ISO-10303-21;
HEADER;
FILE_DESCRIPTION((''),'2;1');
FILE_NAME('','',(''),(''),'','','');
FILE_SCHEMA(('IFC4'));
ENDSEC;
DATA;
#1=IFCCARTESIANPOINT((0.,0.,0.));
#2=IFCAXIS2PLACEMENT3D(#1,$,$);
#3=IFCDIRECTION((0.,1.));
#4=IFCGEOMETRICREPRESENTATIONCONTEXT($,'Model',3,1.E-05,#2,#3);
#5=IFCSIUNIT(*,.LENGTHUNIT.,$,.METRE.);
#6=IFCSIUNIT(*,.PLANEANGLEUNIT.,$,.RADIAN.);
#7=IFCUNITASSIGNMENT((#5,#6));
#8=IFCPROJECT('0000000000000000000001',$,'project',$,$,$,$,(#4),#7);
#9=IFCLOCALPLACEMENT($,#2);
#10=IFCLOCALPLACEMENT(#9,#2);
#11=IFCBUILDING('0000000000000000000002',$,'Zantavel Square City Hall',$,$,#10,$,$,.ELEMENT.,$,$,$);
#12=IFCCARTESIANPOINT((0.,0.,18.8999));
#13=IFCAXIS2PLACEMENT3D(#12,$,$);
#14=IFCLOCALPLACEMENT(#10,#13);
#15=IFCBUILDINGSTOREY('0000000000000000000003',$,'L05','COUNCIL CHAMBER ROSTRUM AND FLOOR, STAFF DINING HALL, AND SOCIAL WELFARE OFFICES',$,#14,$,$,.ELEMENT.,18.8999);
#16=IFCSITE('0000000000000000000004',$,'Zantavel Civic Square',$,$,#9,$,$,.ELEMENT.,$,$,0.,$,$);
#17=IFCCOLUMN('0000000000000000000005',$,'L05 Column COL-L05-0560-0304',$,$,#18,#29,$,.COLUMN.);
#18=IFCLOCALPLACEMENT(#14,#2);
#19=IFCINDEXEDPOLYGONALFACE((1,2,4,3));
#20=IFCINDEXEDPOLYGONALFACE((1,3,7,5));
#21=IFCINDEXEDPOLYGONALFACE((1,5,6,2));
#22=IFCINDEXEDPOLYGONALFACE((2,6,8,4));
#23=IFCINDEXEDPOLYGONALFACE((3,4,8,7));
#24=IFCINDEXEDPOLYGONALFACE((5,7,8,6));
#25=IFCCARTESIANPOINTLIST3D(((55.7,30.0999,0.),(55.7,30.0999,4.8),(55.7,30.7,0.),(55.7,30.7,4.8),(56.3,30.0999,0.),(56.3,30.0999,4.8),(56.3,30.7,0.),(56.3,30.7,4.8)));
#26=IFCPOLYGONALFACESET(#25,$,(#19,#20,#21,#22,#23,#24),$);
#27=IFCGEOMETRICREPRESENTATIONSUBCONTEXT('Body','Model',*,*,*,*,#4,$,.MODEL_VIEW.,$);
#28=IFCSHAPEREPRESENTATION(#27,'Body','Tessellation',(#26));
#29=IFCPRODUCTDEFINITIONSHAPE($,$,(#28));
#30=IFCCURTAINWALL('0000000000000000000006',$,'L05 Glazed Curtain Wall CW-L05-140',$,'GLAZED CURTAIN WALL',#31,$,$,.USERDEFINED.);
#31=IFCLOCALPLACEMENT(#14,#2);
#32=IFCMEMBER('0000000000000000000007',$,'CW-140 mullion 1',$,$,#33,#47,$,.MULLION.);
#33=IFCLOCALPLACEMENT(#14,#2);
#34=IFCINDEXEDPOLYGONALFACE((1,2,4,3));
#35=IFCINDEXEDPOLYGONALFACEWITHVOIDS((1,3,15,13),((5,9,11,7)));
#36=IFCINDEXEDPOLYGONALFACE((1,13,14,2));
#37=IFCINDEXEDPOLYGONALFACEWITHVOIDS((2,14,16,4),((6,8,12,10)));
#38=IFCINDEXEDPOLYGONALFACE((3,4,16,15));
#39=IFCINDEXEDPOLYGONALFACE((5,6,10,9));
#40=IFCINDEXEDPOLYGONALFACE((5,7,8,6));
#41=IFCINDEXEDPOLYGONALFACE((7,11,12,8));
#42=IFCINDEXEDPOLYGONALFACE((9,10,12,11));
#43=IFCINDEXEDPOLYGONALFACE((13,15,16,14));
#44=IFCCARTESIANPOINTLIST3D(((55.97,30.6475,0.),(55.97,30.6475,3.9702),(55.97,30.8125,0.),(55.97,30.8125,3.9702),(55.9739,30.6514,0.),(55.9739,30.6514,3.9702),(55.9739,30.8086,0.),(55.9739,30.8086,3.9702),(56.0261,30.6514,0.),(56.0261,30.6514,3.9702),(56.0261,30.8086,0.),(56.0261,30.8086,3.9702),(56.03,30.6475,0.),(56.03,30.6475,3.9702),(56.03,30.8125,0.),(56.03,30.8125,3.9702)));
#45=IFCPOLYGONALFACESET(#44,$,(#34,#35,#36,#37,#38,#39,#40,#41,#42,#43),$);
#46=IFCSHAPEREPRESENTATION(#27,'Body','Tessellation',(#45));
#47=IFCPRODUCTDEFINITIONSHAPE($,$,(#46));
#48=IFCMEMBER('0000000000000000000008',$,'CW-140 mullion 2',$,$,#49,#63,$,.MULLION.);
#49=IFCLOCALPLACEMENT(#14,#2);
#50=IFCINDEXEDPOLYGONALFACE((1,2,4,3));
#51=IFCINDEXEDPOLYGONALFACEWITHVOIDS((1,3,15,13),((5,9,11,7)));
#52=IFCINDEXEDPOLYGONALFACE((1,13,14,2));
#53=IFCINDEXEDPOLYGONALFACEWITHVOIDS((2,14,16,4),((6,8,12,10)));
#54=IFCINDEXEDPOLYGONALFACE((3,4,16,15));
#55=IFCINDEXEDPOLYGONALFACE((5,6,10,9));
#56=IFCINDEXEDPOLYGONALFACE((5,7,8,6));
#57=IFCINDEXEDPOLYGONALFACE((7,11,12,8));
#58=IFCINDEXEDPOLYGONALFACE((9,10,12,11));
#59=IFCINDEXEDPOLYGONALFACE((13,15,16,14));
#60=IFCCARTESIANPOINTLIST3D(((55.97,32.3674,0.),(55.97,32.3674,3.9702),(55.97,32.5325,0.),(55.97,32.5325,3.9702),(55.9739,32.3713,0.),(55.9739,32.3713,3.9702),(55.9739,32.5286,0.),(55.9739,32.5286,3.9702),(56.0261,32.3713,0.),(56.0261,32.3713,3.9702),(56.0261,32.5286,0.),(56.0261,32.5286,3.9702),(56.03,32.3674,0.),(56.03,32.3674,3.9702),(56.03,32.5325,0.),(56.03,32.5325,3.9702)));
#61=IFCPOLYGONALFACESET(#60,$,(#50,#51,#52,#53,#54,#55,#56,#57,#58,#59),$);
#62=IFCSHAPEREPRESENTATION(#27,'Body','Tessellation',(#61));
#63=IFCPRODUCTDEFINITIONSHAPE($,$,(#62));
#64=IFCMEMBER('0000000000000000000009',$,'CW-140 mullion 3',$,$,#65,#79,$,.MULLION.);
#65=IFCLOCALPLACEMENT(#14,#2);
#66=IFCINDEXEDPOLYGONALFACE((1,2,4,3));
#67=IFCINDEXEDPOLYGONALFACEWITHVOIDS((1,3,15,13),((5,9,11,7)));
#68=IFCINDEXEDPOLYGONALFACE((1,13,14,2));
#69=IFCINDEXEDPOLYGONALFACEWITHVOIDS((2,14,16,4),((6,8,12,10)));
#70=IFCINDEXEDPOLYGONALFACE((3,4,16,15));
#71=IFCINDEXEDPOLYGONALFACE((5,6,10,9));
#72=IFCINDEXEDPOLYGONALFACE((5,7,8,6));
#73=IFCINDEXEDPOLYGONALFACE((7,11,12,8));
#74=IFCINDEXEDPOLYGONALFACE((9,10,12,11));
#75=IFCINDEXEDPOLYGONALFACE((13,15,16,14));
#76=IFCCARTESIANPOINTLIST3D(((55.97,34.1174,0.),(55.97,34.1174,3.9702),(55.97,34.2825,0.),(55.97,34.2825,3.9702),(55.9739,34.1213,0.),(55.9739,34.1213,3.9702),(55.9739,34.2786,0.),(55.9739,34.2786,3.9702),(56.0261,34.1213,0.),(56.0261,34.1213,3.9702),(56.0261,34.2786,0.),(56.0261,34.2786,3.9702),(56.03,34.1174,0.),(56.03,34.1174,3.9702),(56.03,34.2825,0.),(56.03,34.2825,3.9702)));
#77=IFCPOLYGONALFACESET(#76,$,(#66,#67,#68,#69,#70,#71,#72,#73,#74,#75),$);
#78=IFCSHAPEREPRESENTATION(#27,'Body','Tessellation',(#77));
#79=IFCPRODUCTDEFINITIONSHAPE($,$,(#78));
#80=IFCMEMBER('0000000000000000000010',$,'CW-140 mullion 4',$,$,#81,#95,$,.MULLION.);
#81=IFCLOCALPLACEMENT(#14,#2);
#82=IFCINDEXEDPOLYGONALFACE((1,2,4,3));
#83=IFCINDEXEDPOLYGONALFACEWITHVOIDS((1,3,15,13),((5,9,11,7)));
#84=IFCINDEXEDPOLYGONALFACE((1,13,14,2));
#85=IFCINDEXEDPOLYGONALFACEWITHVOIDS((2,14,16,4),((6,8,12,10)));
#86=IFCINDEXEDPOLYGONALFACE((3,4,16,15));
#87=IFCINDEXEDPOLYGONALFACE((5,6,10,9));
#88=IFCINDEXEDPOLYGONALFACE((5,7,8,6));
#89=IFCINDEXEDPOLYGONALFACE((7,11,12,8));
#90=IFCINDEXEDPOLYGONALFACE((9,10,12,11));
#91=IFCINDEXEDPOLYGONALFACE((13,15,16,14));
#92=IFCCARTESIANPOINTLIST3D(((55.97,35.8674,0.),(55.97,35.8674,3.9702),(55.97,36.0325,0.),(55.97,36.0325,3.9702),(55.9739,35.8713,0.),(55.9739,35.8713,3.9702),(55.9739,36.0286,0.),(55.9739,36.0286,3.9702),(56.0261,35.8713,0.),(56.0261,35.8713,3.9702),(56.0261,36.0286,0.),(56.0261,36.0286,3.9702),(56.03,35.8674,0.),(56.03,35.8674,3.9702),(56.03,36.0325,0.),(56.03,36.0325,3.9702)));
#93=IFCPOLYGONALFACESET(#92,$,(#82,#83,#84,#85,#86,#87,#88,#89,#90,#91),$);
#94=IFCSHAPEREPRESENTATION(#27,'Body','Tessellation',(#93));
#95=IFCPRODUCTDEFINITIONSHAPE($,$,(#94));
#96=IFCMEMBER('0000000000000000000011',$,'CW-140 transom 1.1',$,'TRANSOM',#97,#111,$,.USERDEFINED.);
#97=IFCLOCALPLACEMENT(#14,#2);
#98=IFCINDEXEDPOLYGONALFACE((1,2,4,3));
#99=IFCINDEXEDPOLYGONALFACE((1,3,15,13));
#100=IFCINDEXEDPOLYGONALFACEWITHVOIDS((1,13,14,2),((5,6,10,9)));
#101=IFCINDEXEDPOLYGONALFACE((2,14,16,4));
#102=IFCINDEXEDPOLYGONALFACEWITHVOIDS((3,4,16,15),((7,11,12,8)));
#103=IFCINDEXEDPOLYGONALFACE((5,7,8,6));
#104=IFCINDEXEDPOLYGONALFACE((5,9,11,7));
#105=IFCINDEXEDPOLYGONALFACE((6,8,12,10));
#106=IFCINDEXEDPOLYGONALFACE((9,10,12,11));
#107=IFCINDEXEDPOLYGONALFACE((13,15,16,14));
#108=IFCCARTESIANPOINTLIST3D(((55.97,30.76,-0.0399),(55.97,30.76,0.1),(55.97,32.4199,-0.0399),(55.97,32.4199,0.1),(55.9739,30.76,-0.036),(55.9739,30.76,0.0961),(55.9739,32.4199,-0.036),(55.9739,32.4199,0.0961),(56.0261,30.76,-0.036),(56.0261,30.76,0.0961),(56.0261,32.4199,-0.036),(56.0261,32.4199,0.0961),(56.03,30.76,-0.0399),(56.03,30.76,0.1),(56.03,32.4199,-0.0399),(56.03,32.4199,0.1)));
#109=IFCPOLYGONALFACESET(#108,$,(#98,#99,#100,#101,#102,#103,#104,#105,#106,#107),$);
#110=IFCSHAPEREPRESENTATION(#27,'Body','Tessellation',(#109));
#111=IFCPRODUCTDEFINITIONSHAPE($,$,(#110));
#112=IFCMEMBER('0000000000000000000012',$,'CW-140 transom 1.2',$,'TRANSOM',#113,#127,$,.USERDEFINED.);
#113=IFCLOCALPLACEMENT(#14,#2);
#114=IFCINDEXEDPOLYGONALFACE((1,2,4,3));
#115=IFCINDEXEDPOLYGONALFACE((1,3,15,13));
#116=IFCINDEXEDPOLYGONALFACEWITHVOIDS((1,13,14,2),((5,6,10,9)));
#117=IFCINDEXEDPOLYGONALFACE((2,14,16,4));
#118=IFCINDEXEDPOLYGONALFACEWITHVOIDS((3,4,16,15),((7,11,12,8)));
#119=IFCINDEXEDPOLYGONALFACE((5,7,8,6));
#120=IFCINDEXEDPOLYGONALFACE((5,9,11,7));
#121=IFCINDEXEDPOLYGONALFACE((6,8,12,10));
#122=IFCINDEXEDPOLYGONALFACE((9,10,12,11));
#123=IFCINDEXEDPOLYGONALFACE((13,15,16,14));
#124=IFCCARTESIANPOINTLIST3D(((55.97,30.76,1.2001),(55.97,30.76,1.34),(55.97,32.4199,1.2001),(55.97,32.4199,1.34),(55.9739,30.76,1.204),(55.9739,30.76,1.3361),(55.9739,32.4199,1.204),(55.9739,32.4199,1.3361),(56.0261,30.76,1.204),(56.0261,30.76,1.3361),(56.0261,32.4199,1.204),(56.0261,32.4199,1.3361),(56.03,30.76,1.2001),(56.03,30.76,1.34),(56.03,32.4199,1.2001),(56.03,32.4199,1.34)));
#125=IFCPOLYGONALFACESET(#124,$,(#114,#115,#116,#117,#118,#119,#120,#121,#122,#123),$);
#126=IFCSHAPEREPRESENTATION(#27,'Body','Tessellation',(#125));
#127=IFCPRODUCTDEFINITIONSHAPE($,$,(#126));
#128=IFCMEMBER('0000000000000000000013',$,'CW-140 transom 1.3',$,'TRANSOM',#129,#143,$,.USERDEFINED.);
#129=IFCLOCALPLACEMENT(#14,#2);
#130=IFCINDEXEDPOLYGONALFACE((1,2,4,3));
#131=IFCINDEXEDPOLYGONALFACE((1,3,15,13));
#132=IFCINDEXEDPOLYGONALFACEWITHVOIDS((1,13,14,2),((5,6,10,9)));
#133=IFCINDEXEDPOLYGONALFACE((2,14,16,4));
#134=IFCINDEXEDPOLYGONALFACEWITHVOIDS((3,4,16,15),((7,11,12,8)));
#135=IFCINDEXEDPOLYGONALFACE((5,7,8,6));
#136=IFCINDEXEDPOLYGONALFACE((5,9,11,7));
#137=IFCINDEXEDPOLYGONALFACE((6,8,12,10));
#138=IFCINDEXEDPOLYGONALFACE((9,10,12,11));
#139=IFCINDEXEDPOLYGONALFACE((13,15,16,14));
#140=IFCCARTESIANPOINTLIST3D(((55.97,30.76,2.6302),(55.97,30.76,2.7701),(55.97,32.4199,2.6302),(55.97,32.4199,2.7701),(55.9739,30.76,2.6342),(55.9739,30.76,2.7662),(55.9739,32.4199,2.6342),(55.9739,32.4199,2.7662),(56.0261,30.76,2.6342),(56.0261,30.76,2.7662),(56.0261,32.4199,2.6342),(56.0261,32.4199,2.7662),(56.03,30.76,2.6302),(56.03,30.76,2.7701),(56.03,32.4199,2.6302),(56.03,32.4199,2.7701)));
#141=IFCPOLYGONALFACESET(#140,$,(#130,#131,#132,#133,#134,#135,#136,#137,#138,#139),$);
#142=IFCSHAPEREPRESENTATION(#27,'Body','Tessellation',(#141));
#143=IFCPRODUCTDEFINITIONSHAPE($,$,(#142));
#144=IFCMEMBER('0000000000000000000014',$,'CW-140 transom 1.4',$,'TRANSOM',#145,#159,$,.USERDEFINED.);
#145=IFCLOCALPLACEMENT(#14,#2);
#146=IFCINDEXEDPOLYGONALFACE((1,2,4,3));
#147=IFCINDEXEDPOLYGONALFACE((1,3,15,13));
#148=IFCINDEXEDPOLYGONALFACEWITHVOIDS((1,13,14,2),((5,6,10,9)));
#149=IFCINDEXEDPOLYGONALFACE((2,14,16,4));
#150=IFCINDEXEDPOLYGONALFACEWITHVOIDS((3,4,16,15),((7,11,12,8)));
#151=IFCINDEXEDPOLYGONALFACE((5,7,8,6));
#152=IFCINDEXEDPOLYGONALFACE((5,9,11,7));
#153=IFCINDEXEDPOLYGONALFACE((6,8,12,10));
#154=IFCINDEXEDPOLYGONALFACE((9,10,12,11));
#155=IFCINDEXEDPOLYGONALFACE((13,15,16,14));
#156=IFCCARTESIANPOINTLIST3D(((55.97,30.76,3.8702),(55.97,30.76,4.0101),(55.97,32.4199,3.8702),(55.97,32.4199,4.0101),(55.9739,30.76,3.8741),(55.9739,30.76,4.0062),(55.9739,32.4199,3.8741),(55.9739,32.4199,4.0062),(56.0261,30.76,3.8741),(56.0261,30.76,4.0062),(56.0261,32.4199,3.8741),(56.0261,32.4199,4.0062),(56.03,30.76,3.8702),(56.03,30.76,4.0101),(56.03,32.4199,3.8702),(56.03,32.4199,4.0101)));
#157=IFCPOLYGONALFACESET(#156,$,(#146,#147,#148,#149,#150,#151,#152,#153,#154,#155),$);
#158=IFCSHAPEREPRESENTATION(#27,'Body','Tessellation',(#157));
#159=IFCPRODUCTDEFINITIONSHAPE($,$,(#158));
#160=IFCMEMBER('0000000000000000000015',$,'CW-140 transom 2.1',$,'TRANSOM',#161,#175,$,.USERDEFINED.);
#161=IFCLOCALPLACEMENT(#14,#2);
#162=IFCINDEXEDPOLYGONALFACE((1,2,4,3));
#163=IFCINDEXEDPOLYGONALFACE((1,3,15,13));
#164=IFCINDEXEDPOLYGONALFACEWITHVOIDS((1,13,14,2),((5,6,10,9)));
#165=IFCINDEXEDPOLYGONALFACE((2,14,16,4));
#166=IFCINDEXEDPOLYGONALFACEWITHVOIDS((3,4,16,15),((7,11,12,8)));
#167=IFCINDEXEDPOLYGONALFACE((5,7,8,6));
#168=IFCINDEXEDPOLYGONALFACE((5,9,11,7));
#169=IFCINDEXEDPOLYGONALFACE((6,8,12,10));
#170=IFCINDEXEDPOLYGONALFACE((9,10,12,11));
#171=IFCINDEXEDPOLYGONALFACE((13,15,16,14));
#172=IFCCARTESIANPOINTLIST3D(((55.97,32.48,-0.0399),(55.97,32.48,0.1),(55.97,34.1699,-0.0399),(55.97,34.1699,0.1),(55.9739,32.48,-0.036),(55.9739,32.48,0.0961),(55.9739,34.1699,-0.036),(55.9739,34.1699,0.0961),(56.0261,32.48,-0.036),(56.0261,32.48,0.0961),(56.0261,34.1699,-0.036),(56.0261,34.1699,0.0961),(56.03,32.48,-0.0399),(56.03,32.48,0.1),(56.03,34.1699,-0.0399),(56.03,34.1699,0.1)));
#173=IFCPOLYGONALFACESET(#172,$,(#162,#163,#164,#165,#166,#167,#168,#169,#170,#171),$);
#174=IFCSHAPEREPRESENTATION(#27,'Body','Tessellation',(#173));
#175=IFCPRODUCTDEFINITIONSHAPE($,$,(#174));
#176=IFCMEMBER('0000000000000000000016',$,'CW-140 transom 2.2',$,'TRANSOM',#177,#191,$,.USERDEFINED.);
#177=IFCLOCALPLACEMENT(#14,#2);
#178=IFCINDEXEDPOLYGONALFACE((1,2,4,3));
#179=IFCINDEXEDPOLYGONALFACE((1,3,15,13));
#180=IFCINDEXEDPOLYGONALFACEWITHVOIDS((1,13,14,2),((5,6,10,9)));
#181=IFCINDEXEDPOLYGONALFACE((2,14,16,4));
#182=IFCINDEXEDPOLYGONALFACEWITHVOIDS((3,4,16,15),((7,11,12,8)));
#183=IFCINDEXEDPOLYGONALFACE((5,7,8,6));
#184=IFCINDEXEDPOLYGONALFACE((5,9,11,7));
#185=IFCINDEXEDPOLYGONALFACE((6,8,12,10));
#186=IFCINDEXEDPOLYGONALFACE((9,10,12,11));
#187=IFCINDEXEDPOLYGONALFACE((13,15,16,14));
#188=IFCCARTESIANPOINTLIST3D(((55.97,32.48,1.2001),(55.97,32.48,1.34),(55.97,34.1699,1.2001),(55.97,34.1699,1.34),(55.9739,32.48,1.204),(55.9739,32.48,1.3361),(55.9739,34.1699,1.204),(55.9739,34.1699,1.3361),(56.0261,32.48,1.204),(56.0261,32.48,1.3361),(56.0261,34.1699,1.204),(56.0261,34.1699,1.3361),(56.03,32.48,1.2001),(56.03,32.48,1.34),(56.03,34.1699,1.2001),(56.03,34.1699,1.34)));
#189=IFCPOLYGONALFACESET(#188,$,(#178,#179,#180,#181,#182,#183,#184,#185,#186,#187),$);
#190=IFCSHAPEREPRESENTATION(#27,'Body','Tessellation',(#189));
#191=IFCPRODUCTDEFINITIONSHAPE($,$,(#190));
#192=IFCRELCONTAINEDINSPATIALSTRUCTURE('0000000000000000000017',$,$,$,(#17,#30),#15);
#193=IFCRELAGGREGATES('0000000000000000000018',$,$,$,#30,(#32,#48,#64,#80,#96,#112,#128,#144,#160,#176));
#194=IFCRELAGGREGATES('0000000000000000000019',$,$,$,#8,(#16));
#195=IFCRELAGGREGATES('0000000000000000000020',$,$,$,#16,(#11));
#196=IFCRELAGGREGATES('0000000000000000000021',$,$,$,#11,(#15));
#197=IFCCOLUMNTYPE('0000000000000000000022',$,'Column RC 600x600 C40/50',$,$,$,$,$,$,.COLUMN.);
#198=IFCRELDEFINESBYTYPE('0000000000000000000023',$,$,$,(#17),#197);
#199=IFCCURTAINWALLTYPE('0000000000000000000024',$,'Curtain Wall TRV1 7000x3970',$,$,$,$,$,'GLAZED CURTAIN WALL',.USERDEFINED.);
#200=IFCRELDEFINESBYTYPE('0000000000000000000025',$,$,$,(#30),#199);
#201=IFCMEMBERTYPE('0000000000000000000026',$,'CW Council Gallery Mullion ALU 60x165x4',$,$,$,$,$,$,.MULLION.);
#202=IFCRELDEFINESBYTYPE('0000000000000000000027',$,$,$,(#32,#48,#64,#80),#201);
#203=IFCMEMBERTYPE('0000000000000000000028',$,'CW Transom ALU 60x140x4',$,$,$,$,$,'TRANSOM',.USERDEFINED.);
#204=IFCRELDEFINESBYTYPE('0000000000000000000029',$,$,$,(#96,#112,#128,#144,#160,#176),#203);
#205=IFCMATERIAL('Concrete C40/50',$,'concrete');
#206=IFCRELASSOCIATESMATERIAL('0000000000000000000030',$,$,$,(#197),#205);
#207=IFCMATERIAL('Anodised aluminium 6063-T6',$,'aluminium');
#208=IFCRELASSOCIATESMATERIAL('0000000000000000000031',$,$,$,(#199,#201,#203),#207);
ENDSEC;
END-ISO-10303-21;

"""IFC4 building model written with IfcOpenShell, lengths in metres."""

from ifc_helpers import new_model, si_unit, direction, frame, origin, origin_2d, place, context, subcontext, project, spatial, rectangle, hollow_rectangle, extrude, material, material_profile, profile_set, type_object, element, aggregate, save


model = new_model("IFC4")

# Units and contexts
model_context = context("Model", 3, precision=1e-05, world=origin(), true_north=direction((0.0, 1.0)))
body_context = subcontext(model_context, "Body", "Model", "MODEL_VIEW")
ifc_project = project(units=[si_unit("LENGTHUNIT", "METRE"), si_unit("PLANEANGLEUNIT", "RADIAN")], contexts=[model_context])

# Site, building, storey
site_placement = place(None, origin())
site = spatial("IfcSite", under=ifc_project, at=site_placement, Name="Zantavel Civic Square", CompositionType="ELEMENT", RefElevation=0.0)
building_placement = place(site_placement, origin())
building = spatial("IfcBuilding", under=site, at=building_placement, Name="Zantavel Square City Hall", CompositionType="ELEMENT")
storey_placement = place(building_placement, frame((0.0, 0.0, 18.8999)))
storey = spatial("IfcBuildingStorey", under=building, at=storey_placement, Name="L05", Description="COUNCIL CHAMBER ROSTRUM AND FLOOR, STAFF DINING HALL, AND SOCIAL WELFARE OFFICES", CompositionType="ELEMENT", Elevation=18.8999)

# Column
ifc_material_1 = material(Name="Concrete C40/50", Category="concrete")
ifc_material_profile_1 = material_profile(ifc_material_1, rectangle(XDim=0.6001, YDim=0.6001, at=origin_2d()), Name="RC 600x600")
ifc_profile_set_1 = profile_set([ifc_material_profile_1], Name="Concrete C40/50")
column_type = type_object("IfcColumnType", Name="Column RC 600x600 C40/50", PredefinedType="COLUMN", material=ifc_profile_set_1)
column_placement = place(storey_placement, frame((56.0, 30.3999, 0.0), z_axis=(0.0, 0.0, 1.0), x_axis=(1.0, 0.0, 0.0)))
element("IfcColumn", 1, at=column_placement, inside=storey, type_object=column_type, Name="L05 Column COL-L05-0560-0304", PredefinedType="COLUMN", context=body_context, shape_type="SweptSolid", body=[
    extrude(rectangle(XDim=0.6001, YDim=0.6001, at=origin_2d()), origin(), (0.0, 0.0, 1.0), 4.8),
])

# Curtain wall, members
ifc_material_2 = material(Name="Anodised aluminium 6063-T6", Category="aluminium")
curtain_wall_type = type_object("IfcCurtainWallType", Name="Curtain Wall TRV1 7000x3970", ElementType="GLAZED CURTAIN WALL", PredefinedType="USERDEFINED", material=ifc_material_2)
curtain_wall_placement = place(storey_placement, origin())
curtain_wall = element("IfcCurtainWall", 2, at=curtain_wall_placement, inside=storey, type_object=curtain_wall_type, Name="L05 Glazed Curtain Wall CW-L05-140", ObjectType="GLAZED CURTAIN WALL", PredefinedType="USERDEFINED")
ifc_material_profile_2 = material_profile(ifc_material_2, hollow_rectangle(XDim=0.0601, YDim=0.165, WallThickness=0.0039, at=origin_2d()), Name="ALU 60x165x4")
ifc_profile_set_2 = profile_set([ifc_material_profile_2], Name="Anodised aluminium 6063-T6")
member_type_1 = type_object("IfcMemberType", Name="CW Council Gallery Mullion ALU 60x165x4", PredefinedType="MULLION", material=ifc_profile_set_2)
member_1_placement = place(storey_placement, frame((56.0, 30.73, 0.0), z_axis=(0.0, 0.0, 1.0), x_axis=(-1.0, 0.0, 0.0)))
member_1 = element("IfcMember", 3, at=member_1_placement, type_object=member_type_1, Name="CW-140 mullion 1", PredefinedType="MULLION", context=body_context, shape_type="SweptSolid", body=[
    extrude(hollow_rectangle(XDim=0.0601, YDim=0.165, WallThickness=0.0039, at=origin_2d()), origin(), (0.0, 0.0, 1.0), 3.9702),
])
member_2_placement = place(storey_placement, frame((56.0, 32.45, 0.0), z_axis=(0.0, 0.0, 1.0), x_axis=(-1.0, 0.0, 0.0)))
member_2 = element("IfcMember", 4, at=member_2_placement, type_object=member_type_1, Name="CW-140 mullion 2", PredefinedType="MULLION", context=body_context, shape_type="SweptSolid", body=[
    extrude(hollow_rectangle(XDim=0.0601, YDim=0.165, WallThickness=0.0039, at=origin_2d()), origin(), (0.0, 0.0, 1.0), 3.9702),
])
member_3_placement = place(storey_placement, frame((56.0, 34.2, 0.0), z_axis=(0.0, 0.0, 1.0), x_axis=(-1.0, 0.0, 0.0)))
member_3 = element("IfcMember", 5, at=member_3_placement, type_object=member_type_1, Name="CW-140 mullion 3", PredefinedType="MULLION", context=body_context, shape_type="SweptSolid", body=[
    extrude(hollow_rectangle(XDim=0.0601, YDim=0.165, WallThickness=0.0039, at=origin_2d()), origin(), (0.0, 0.0, 1.0), 3.9702),
])
member_4_placement = place(storey_placement, frame((56.0, 35.95, 0.0), z_axis=(0.0, 0.0, 1.0), x_axis=(-1.0, 0.0, 0.0)))
member_4 = element("IfcMember", 6, at=member_4_placement, type_object=member_type_1, Name="CW-140 mullion 4", PredefinedType="MULLION", context=body_context, shape_type="SweptSolid", body=[
    extrude(hollow_rectangle(XDim=0.0601, YDim=0.165, WallThickness=0.0039, at=origin_2d()), origin(), (0.0, 0.0, 1.0), 3.9702),
])
ifc_material_profile_3 = material_profile(ifc_material_2, hollow_rectangle(XDim=0.0601, YDim=0.1399, WallThickness=0.0039, at=origin_2d()), Name="ALU 60x140x4")
ifc_profile_set_3 = profile_set([ifc_material_profile_3], Name="Anodised aluminium 6063-T6")
member_type_2 = type_object("IfcMemberType", Name="CW Transom ALU 60x140x4", ElementType="TRANSOM", PredefinedType="USERDEFINED", material=ifc_profile_set_3)
member_5_placement = place(storey_placement, frame((56.0, 30.76, 0.03), z_axis=(0.0, 1.0, 0.0), x_axis=(-1.0, 0.0, 0.0)))
member_5 = element("IfcMember", 7, at=member_5_placement, type_object=member_type_2, Name="CW-140 transom 1.1", ObjectType="TRANSOM", PredefinedType="USERDEFINED", context=body_context, shape_type="SweptSolid", body=[
    extrude(hollow_rectangle(XDim=0.0601, YDim=0.1399, WallThickness=0.0039, at=origin_2d()), origin(), (0.0, 0.0, 1.0), 1.6599),
])
member_6_placement = place(storey_placement, frame((56.0, 30.76, 1.27), z_axis=(0.0, 1.0, 0.0), x_axis=(-1.0, 0.0, 0.0)))
member_6 = element("IfcMember", 8, at=member_6_placement, type_object=member_type_2, Name="CW-140 transom 1.2", ObjectType="TRANSOM", PredefinedType="USERDEFINED", context=body_context, shape_type="SweptSolid", body=[
    extrude(hollow_rectangle(XDim=0.0601, YDim=0.1399, WallThickness=0.0039, at=origin_2d()), origin(), (0.0, 0.0, 1.0), 1.6599),
])
member_7_placement = place(storey_placement, frame((56.0, 30.76, 2.7002), z_axis=(0.0, 1.0, 0.0), x_axis=(-1.0, 0.0, 0.0)))
member_7 = element("IfcMember", 9, at=member_7_placement, type_object=member_type_2, Name="CW-140 transom 1.3", ObjectType="TRANSOM", PredefinedType="USERDEFINED", context=body_context, shape_type="SweptSolid", body=[
    extrude(hollow_rectangle(XDim=0.0601, YDim=0.1399, WallThickness=0.0039, at=origin_2d()), origin(), (0.0, 0.0, 1.0), 1.6599),
])
member_8_placement = place(storey_placement, frame((56.0, 30.76, 3.9402), z_axis=(0.0, 1.0, 0.0), x_axis=(-1.0, 0.0, 0.0)))
member_8 = element("IfcMember", 10, at=member_8_placement, type_object=member_type_2, Name="CW-140 transom 1.4", ObjectType="TRANSOM", PredefinedType="USERDEFINED", context=body_context, shape_type="SweptSolid", body=[
    extrude(hollow_rectangle(XDim=0.0601, YDim=0.1399, WallThickness=0.0039, at=origin_2d()), origin(), (0.0, 0.0, 1.0), 1.6599),
])
member_9_placement = place(storey_placement, frame((56.0, 32.48, 0.03), z_axis=(0.0, 1.0, 0.0), x_axis=(-1.0, 0.0, 0.0)))
member_9 = element("IfcMember", 11, at=member_9_placement, type_object=member_type_2, Name="CW-140 transom 2.1", ObjectType="TRANSOM", PredefinedType="USERDEFINED", context=body_context, shape_type="SweptSolid", body=[
    extrude(hollow_rectangle(XDim=0.0601, YDim=0.1399, WallThickness=0.0039, at=origin_2d()), origin(), (0.0, 0.0, 1.0), 1.6899),
])
member_10_placement = place(storey_placement, frame((56.0, 32.48, 1.27), z_axis=(0.0, 1.0, 0.0), x_axis=(-1.0, 0.0, 0.0)))
member_10 = element("IfcMember", 12, at=member_10_placement, type_object=member_type_2, Name="CW-140 transom 2.2", ObjectType="TRANSOM", PredefinedType="USERDEFINED", context=body_context, shape_type="SweptSolid", body=[
    extrude(hollow_rectangle(XDim=0.0601, YDim=0.1399, WallThickness=0.0039, at=origin_2d()), origin(), (0.0, 0.0, 1.0), 1.6899),
])

aggregate(curtain_wall, [member_1, member_2, member_3, member_4, member_5, member_6, member_7, member_8, member_9, member_10])

save(model, "model.ifc")
